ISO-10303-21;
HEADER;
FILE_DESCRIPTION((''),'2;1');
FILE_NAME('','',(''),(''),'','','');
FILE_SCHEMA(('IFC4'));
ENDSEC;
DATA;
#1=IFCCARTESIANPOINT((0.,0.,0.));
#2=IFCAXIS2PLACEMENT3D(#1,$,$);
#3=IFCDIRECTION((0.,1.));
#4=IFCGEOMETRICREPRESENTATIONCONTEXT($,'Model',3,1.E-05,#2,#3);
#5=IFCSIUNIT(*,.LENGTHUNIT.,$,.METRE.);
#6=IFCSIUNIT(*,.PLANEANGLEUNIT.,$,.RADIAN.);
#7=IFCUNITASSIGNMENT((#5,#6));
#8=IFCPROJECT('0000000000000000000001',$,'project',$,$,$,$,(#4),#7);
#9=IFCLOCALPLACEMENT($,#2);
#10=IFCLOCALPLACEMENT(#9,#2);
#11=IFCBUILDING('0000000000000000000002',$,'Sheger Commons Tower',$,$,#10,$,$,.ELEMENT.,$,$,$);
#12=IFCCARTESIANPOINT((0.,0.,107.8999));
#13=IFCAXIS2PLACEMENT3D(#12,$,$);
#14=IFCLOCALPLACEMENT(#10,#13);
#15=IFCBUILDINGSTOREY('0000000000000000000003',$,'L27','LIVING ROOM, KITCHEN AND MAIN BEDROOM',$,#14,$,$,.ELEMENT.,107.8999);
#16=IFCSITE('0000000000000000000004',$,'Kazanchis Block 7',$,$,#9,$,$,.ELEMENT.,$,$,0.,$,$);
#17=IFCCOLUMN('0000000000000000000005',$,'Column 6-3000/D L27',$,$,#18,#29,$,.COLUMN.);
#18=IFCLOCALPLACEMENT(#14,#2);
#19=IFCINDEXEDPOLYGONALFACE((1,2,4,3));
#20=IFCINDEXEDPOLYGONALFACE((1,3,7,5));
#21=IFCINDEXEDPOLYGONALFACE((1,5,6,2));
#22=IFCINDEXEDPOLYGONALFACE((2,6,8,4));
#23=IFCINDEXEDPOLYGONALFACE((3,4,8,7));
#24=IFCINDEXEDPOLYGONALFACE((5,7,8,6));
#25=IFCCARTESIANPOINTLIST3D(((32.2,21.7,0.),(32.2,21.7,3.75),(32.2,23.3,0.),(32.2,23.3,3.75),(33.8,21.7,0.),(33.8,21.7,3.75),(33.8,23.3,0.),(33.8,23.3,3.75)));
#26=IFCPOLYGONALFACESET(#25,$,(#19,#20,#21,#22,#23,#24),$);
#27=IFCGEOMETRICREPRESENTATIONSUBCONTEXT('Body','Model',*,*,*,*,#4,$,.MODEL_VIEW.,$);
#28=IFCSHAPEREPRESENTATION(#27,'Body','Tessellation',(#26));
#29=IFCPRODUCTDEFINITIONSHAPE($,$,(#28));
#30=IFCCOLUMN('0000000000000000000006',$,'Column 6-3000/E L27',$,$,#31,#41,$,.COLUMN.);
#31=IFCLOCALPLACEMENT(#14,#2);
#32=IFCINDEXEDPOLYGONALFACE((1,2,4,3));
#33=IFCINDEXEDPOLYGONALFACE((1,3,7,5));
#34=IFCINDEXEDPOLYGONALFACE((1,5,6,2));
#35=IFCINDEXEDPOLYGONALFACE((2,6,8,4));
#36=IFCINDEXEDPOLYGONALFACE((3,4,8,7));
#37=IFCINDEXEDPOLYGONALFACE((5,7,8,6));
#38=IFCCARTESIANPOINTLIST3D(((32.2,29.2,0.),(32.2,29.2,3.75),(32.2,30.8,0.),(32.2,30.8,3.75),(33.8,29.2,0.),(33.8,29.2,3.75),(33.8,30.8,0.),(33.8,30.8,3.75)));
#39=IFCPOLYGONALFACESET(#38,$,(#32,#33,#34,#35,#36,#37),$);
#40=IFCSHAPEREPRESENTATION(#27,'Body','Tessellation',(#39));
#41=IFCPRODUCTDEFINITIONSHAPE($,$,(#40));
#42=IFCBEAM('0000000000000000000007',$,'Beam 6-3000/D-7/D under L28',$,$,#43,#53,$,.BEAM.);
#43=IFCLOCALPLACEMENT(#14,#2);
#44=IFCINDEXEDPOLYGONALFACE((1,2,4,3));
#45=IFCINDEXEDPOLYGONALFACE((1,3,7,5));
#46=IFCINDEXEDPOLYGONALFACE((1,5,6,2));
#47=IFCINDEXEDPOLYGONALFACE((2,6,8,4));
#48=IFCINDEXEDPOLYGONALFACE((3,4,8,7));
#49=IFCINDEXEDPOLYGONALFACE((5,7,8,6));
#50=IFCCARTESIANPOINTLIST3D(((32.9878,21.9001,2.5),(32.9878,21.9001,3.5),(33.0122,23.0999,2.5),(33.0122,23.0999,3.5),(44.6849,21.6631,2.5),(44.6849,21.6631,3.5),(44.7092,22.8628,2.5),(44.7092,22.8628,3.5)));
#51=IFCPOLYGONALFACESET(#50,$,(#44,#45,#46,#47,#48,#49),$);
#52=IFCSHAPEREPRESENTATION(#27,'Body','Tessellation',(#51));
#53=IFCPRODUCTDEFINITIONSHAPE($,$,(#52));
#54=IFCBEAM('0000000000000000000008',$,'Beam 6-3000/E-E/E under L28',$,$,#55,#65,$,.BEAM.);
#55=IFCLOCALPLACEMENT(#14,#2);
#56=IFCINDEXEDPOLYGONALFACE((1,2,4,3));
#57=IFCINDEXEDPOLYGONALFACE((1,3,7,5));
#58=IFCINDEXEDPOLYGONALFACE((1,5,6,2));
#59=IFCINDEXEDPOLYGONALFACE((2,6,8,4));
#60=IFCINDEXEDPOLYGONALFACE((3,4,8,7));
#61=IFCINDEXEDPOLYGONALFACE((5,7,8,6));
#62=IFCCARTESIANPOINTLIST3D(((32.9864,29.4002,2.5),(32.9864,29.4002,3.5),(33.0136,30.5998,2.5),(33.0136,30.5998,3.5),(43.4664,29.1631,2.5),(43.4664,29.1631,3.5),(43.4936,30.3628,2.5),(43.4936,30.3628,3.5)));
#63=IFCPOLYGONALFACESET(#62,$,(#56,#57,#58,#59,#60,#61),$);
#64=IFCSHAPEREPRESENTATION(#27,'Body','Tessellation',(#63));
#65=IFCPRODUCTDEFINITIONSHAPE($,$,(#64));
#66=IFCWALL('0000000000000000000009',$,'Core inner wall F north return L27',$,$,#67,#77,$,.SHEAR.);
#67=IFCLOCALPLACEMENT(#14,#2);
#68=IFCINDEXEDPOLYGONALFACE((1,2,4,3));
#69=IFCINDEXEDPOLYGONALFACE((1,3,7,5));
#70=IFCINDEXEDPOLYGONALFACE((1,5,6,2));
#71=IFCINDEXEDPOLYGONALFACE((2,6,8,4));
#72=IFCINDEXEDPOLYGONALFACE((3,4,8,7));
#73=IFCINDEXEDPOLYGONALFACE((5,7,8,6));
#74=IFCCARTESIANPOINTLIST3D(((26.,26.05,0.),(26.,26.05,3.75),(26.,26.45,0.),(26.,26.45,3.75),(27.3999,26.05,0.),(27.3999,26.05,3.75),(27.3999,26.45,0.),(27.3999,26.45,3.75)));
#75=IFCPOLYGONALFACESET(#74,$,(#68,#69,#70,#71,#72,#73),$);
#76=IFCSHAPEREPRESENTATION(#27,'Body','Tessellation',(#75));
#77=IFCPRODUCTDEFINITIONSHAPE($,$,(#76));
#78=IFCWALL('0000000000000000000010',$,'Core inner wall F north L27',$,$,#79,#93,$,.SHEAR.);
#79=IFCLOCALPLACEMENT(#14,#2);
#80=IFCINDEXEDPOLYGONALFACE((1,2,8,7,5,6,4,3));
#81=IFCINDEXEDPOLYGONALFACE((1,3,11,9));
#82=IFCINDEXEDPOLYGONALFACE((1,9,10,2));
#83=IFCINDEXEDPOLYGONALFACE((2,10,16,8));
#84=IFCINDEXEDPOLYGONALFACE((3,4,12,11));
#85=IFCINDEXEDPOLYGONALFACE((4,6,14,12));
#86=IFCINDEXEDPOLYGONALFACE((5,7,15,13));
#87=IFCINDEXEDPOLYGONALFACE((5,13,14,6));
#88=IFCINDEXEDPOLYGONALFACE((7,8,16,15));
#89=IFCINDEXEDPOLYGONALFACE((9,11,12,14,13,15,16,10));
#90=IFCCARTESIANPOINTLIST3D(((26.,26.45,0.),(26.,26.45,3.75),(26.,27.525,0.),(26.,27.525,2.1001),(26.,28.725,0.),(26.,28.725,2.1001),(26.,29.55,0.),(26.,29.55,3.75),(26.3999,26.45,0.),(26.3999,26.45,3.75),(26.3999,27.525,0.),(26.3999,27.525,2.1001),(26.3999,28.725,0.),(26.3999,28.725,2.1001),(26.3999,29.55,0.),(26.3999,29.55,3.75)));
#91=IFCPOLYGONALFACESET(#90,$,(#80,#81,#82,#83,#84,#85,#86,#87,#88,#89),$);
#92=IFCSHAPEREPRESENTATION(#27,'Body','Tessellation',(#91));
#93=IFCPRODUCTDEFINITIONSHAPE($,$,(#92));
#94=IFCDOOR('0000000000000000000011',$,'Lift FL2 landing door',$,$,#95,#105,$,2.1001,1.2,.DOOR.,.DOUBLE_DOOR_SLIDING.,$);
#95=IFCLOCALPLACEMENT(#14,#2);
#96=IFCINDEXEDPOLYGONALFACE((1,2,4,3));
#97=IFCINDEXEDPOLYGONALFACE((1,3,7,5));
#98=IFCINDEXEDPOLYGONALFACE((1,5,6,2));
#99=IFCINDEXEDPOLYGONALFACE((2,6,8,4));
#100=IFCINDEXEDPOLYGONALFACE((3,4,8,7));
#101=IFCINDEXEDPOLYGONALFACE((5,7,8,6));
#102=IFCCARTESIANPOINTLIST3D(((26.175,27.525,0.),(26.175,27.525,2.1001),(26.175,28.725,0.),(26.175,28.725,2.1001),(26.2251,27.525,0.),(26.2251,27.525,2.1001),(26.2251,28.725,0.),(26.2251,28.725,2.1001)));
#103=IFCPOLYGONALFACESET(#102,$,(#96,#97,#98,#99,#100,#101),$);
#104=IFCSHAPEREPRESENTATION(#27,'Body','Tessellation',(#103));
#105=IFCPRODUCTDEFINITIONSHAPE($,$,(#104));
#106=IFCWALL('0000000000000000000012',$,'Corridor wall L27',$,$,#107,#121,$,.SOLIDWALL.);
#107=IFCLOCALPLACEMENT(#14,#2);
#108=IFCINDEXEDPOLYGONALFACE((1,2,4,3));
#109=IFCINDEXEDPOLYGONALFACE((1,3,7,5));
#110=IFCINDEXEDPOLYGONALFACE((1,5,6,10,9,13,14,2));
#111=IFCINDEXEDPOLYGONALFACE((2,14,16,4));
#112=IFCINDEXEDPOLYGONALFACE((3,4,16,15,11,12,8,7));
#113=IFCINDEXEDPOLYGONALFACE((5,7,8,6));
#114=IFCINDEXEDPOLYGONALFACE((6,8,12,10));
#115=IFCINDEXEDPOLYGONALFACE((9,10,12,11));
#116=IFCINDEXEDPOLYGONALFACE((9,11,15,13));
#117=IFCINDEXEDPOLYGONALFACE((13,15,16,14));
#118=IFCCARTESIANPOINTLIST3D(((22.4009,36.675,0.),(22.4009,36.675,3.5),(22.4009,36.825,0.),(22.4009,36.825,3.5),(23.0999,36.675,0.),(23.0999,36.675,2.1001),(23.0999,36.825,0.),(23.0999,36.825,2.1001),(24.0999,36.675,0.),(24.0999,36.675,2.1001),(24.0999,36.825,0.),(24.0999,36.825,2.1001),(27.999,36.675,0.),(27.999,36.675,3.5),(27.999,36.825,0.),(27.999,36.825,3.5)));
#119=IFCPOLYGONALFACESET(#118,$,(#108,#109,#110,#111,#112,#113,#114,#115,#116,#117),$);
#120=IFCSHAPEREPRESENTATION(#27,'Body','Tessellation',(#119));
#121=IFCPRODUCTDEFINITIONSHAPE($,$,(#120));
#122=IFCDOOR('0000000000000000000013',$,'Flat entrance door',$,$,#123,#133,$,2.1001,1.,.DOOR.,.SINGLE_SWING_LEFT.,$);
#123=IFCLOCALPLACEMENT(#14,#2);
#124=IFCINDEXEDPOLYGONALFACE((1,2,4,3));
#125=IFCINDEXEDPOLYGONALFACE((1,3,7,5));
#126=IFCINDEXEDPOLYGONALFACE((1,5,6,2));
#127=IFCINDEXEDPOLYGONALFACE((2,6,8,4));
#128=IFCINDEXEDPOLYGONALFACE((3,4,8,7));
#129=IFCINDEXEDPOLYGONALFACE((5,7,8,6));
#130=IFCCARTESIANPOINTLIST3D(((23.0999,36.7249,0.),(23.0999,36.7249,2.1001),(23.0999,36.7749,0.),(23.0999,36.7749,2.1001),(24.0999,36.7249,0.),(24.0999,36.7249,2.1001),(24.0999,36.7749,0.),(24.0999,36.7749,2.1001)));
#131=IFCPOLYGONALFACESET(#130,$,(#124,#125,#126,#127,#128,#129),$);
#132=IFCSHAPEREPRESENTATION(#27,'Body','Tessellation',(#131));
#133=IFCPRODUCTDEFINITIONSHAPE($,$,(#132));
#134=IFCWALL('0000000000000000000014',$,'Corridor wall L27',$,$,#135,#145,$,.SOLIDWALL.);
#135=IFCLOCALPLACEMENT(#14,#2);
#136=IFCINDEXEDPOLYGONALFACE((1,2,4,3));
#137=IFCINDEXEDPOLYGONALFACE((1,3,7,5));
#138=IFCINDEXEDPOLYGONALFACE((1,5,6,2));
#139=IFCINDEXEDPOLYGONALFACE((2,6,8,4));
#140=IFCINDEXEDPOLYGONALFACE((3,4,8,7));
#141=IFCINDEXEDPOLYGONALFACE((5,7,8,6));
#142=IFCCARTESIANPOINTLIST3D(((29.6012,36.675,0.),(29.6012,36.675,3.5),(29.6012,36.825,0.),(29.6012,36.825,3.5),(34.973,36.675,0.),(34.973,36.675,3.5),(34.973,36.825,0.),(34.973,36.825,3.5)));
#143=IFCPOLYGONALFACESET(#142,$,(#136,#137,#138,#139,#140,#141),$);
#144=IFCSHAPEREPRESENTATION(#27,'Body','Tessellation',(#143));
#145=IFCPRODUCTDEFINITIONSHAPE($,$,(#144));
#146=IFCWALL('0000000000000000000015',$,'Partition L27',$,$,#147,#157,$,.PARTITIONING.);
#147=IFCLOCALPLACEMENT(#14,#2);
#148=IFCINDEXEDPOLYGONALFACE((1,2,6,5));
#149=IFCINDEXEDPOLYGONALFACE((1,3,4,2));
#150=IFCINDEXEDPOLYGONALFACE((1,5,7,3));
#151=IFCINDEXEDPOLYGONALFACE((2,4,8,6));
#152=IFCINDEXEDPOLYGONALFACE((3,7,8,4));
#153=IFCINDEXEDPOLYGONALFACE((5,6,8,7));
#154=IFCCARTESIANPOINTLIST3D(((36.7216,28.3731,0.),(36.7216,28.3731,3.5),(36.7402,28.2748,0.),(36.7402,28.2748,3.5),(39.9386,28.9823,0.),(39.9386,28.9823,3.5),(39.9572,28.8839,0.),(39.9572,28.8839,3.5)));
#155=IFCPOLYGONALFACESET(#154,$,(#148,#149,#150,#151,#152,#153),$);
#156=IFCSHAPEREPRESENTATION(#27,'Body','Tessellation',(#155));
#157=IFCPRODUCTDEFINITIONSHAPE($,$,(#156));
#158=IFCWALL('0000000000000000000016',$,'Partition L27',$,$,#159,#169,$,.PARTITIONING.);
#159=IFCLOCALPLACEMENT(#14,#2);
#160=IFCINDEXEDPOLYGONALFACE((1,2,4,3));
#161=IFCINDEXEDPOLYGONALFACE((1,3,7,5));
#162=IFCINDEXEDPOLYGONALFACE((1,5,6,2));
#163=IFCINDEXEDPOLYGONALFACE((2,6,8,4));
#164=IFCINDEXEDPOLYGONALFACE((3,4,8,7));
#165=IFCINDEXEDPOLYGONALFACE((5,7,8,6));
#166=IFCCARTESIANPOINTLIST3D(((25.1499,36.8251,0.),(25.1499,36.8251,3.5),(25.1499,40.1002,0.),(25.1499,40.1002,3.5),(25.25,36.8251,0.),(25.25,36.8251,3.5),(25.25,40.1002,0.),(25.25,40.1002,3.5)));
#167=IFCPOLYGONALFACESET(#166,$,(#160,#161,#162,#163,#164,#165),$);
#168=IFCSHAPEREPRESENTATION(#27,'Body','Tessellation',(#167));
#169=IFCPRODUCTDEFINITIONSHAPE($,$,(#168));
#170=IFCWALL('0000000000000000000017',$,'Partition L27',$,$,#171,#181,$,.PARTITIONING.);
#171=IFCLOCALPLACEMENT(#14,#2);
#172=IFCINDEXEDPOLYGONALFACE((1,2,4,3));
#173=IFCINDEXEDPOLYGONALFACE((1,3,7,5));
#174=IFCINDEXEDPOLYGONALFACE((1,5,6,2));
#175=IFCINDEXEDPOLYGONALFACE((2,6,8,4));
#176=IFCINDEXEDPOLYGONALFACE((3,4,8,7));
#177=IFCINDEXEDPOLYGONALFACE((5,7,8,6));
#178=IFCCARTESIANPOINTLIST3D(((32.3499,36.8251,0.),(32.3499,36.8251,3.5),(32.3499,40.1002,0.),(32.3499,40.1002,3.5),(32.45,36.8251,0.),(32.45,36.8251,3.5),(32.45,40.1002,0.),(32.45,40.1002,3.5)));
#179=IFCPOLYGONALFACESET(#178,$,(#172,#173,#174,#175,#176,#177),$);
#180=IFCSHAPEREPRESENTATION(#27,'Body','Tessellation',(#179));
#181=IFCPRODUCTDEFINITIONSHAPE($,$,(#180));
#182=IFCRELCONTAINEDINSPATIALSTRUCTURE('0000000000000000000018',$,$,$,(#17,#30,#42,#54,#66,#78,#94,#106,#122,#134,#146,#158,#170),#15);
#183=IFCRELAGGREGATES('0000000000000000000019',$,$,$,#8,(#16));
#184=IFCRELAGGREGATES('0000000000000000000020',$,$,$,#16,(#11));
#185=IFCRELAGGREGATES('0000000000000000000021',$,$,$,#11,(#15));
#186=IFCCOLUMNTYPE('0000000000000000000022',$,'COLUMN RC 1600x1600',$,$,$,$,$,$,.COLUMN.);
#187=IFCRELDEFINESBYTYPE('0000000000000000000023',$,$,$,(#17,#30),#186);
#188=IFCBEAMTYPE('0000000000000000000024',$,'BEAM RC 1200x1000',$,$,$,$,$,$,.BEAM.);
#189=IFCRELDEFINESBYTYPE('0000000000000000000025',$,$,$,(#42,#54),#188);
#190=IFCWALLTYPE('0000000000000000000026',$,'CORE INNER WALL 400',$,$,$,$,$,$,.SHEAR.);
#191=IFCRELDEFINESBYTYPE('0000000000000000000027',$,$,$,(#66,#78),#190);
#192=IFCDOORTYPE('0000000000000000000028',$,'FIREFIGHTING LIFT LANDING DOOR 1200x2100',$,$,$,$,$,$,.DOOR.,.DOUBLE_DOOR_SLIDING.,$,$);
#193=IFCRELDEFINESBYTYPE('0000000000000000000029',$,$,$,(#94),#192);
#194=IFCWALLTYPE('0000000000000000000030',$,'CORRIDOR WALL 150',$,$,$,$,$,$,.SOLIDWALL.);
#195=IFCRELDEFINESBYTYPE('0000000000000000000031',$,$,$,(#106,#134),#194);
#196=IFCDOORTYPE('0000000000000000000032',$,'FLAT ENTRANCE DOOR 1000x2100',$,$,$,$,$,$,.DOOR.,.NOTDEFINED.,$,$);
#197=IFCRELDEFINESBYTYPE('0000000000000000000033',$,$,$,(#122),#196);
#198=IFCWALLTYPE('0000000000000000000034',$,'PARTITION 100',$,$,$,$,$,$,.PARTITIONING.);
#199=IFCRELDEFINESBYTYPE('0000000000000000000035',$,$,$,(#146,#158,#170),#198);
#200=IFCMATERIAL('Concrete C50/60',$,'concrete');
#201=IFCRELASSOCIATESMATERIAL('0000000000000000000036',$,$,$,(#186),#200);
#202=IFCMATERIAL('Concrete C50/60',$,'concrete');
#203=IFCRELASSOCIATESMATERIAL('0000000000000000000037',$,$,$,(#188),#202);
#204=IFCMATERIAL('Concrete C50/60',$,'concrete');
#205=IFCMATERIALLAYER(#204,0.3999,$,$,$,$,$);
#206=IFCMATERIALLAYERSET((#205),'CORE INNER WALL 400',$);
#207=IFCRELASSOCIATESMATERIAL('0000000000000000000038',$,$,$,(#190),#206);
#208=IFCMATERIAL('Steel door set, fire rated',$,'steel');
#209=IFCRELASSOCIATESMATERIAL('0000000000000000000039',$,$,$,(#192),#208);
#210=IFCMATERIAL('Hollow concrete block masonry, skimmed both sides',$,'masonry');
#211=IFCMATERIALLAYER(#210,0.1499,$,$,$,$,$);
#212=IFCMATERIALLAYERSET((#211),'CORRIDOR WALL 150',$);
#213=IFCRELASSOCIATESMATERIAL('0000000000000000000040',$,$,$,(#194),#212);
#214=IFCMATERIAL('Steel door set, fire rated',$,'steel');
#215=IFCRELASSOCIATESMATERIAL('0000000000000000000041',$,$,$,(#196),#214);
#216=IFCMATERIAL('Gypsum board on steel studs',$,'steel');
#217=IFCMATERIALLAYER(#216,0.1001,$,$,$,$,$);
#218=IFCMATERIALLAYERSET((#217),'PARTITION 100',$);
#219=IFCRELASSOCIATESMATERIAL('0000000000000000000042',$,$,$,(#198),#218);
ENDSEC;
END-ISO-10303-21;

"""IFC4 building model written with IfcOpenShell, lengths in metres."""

from ifc_helpers import new_model, si_unit, direction, frame, frame_2d, origin, origin_2d, place, context, subcontext, project, spatial, rectangle, extrude, material, layer, layer_set, material_profile, profile_set, type_object, element, fill, save


model = new_model("IFC4")

# Units and contexts
model_context = context("Model", 3, precision=1e-05, world=origin(), true_north=direction((0.0, 1.0)))
body_context = subcontext(model_context, "Body", "Model", "MODEL_VIEW")
ifc_project = project(units=[si_unit("LENGTHUNIT", "METRE"), si_unit("PLANEANGLEUNIT", "RADIAN")], contexts=[model_context])

# Site, building, storey
site_placement = place(None, origin())
site = spatial("IfcSite", under=ifc_project, at=site_placement, Name="Kazanchis Block 7", CompositionType="ELEMENT", RefElevation=0.0)
building_placement = place(site_placement, origin())
building = spatial("IfcBuilding", under=site, at=building_placement, Name="Sheger Commons Tower", CompositionType="ELEMENT")
storey_placement = place(building_placement, frame((0.0, 0.0, 107.8999)))
storey = spatial("IfcBuildingStorey", under=building, at=storey_placement, Name="L27", Description="LIVING ROOM, KITCHEN AND MAIN BEDROOM", CompositionType="ELEMENT", Elevation=107.8999)

# Columns
ifc_material_1 = material(Name="Concrete C50/60", Category="concrete")
ifc_material_profile_1 = material_profile(ifc_material_1, rectangle(XDim=1.6001, YDim=1.6001, at=origin_2d()), Name="RC 1600x1600")
ifc_profile_set_1 = profile_set([ifc_material_profile_1], Name="Concrete C50/60")
column_type = type_object("IfcColumnType", Name="COLUMN RC 1600x1600", PredefinedType="COLUMN", material=ifc_profile_set_1)
for number, where, z_axis, x_axis, name in (
    (1, (33.0, 22.5, 0.0), (0.0, 0.0, 1.0), (1.0, 0.0, 0.0), "Column 6-3000/D L27"),
    (2, (33.0, 30.0, 0.0), (0.0, 0.0, 1.0), (1.0, 0.0, 0.0), "Column 6-3000/E L27"),
):
    element("IfcColumn", number, at=place(storey_placement, frame(where, z_axis=z_axis, x_axis=x_axis)), inside=storey, type_object=column_type, Name=name, PredefinedType="COLUMN", context=body_context, shape_type="SweptSolid", body=[
        extrude(rectangle(XDim=1.6001, YDim=1.6001, at=origin_2d()), origin(), (0.0, 0.0, 1.0), 3.75),
    ])

# Beams
ifc_material_2 = material(Name="Concrete C50/60", Category="concrete")
ifc_material_profile_2 = material_profile(ifc_material_2, rectangle(XDim=1.2, YDim=1.0, at=origin_2d()), Name="RC 1200x1000")
ifc_profile_set_2 = profile_set([ifc_material_profile_2], Name="Concrete C50/60")
beam_type = type_object("IfcBeamType", Name="BEAM RC 1200x1000", PredefinedType="BEAM", material=ifc_profile_set_2)
beam_1_placement = place(storey_placement, frame((33.0, 22.5, 3.0), z_axis=(0.999795, -0.020263, 0.0), x_axis=(0.020263, 0.999795, 0.0)))
element("IfcBeam", 3, at=beam_1_placement, inside=storey, type_object=beam_type, Name="Beam 6-3000/D-7/D under L28", PredefinedType="BEAM", context=body_context, shape_type="SweptSolid", body=[
    extrude(rectangle(XDim=1.2, YDim=1.0, at=origin_2d()), origin(), (0.0, 0.0, 1.0), 11.6995),
])
beam_2_placement = place(storey_placement, frame((33.0, 30.0, 3.0), z_axis=(0.999744, -0.022615, 0.0), x_axis=(0.022615, 0.999744, 0.0)))
element("IfcBeam", 4, at=beam_2_placement, inside=storey, type_object=beam_type, Name="Beam 6-3000/E-E/E under L28", PredefinedType="BEAM", context=body_context, shape_type="SweptSolid", body=[
    extrude(rectangle(XDim=1.2, YDim=1.0, at=origin_2d()), origin(), (0.0, 0.0, 1.0), 10.4827),
])

# Wall
ifc_material_3 = material(Name="Concrete C50/60", Category="concrete")
ifc_layer_1 = layer(ifc_material_3, 0.3999)
ifc_layer_set_1 = layer_set([ifc_layer_1], Name="CORE INNER WALL 400")
wall_type_1 = type_object("IfcWallType", Name="CORE INNER WALL 400", PredefinedType="SHEAR", material=ifc_layer_set_1)
wall_1_placement = place(storey_placement, frame((26.0, 26.25, 0.0), z_axis=(0.0, 0.0, 1.0), x_axis=(1.0, 0.0, 0.0)))
element("IfcWall", 5, at=wall_1_placement, inside=storey, type_object=wall_type_1, Name="Core inner wall F north return L27", PredefinedType="SHEAR", context=body_context, shape_type="SweptSolid", body=[
    extrude(rectangle(XDim=1.3999, YDim=0.3999, at=frame_2d((0.7, 0.0))), origin(), (0.0, 0.0, 1.0), 3.75),
])

# Walls, openings, doors
wall_2_placement = place(storey_placement, frame((26.2, 26.45, 0.0), z_axis=(0.0, 0.0, 1.0), x_axis=(0.0, 1.0, 0.0)))
wall_2 = element("IfcWall", 6, at=wall_2_placement, inside=storey, type_object=wall_type_1, Name="Core inner wall F north L27", PredefinedType="SHEAR", context=body_context, shape_type="SweptSolid", body=[
    extrude(rectangle(XDim=3.1001, YDim=0.3999, at=frame_2d((1.55, 0.0))), origin(), (0.0, 0.0, 1.0), 3.75),
])
opening_1_placement = place(wall_2_placement, frame((1.075, 0.0, 0.0)))
opening_1 = element("IfcOpeningElement", 7, at=opening_1_placement, cuts=wall_2, PredefinedType="OPENING", context=body_context, shape_type="SweptSolid", body=[
    extrude(rectangle(XDim=1.2, YDim=2.1001, at=frame_2d((0.6001, 1.05))), frame((0.0, 0.21, 0.0), z_axis=(0.0, -1.0, 0.0), x_axis=(1.0, 0.0, 0.0)), (0.0, 0.0, 1.0), 0.4199),
])
ifc_material_4 = material(Name="Steel door set, fire rated", Category="steel")
door_type_1 = type_object("IfcDoorType", Name="FIREFIGHTING LIFT LANDING DOOR 1200x2100", OperationType="DOUBLE_DOOR_SLIDING", PredefinedType="DOOR", material=ifc_material_4)
door_1_placement = place(opening_1_placement, origin())
door_1 = element("IfcDoor", 8, at=door_1_placement, inside=storey, type_object=door_type_1, Name="Lift FL2 landing door", OperationType="DOUBLE_DOOR_SLIDING", OverallHeight=2.1001, OverallWidth=1.2, PredefinedType="DOOR", context=body_context, shape_type="SweptSolid", body=[
    extrude(rectangle(XDim=1.2, YDim=2.1001, at=frame_2d((0.6001, 1.05))), frame((0.0, 0.0249, 0.0), z_axis=(0.0, -1.0, 0.0), x_axis=(1.0, 0.0, 0.0)), (0.0, 0.0, 1.0), 0.05),
])
fill(opening_1, door_1)
ifc_material_5 = material(Name="Hollow concrete block masonry, skimmed both sides", Category="masonry")
ifc_layer_2 = layer(ifc_material_5, 0.1499)
ifc_layer_set_2 = layer_set([ifc_layer_2], Name="CORRIDOR WALL 150")
wall_type_2 = type_object("IfcWallType", Name="CORRIDOR WALL 150", PredefinedType="SOLIDWALL", material=ifc_layer_set_2)
wall_3_placement = place(storey_placement, frame((22.4009, 36.75, 0.0), z_axis=(0.0, 0.0, 1.0), x_axis=(1.0, 0.0, 0.0)))
wall_3 = element("IfcWall", 9, at=wall_3_placement, inside=storey, type_object=wall_type_2, Name="Corridor wall L27", PredefinedType="SOLIDWALL", context=body_context, shape_type="SweptSolid", body=[
    extrude(rectangle(XDim=5.5981, YDim=0.1499, at=frame_2d((2.7991, 0.0))), origin(), (0.0, 0.0, 1.0), 3.5),
])
opening_2_placement = place(wall_3_placement, frame((0.699, 0.0, 0.0)))
opening_2 = element("IfcOpeningElement", 10, at=opening_2_placement, cuts=wall_3, PredefinedType="OPENING", context=body_context, shape_type="SweptSolid", body=[
    extrude(rectangle(XDim=1.0, YDim=2.1001, at=frame_2d((0.5, 1.05))), frame((0.0, 0.085, 0.0), z_axis=(0.0, -1.0, 0.0), x_axis=(1.0, 0.0, 0.0)), (0.0, 0.0, 1.0), 0.1699),
])
ifc_material_6 = material(Name="Steel door set, fire rated", Category="steel")
door_type_2 = type_object("IfcDoorType", Name="FLAT ENTRANCE DOOR 1000x2100", OperationType="NOTDEFINED", PredefinedType="DOOR", material=ifc_material_6)
door_2_placement = place(opening_2_placement, origin())
door_2 = element("IfcDoor", 11, at=door_2_placement, inside=storey, type_object=door_type_2, Name="Flat entrance door", OperationType="SINGLE_SWING_LEFT", OverallHeight=2.1001, OverallWidth=1.0, PredefinedType="DOOR", context=body_context, shape_type="SweptSolid", body=[
    extrude(rectangle(XDim=1.0, YDim=2.1001, at=frame_2d((0.5, 1.05))), frame((0.0, 0.0249, 0.0), z_axis=(0.0, -1.0, 0.0), x_axis=(1.0, 0.0, 0.0)), (0.0, 0.0, 1.0), 0.05),
])
fill(opening_2, door_2)

# Walls
wall_4_placement = place(storey_placement, frame((29.6011, 36.75, 0.0), z_axis=(0.0, 0.0, 1.0), x_axis=(1.0, 0.0, 0.0)))
element("IfcWall", 12, at=wall_4_placement, inside=storey, type_object=wall_type_2, Name="Corridor wall L27", PredefinedType="SOLIDWALL", context=body_context, shape_type="SweptSolid", body=[
    extrude(rectangle(XDim=5.3718, YDim=0.1499, at=frame_2d((2.686, 0.0))), origin(), (0.0, 0.0, 1.0), 3.5),
])
ifc_material_7 = material(Name="Gypsum board on steel studs", Category="steel")
ifc_layer_3 = layer(ifc_material_7, 0.1001)
ifc_layer_set_3 = layer_set([ifc_layer_3], Name="PARTITION 100")
wall_type_3 = type_object("IfcWallType", Name="PARTITION 100", PredefinedType="PARTITIONING", material=ifc_layer_set_3)
wall_5_placement = place(storey_placement, frame((39.948, 28.9331, 0.0), z_axis=(0.0, 0.0, 1.0), x_axis=(-0.982542, -0.18604, 0.0)))
element("IfcWall", 13, at=wall_5_placement, inside=storey, type_object=wall_type_3, Name="Partition L27", PredefinedType="PARTITIONING", context=body_context, shape_type="SweptSolid", body=[
    extrude(rectangle(XDim=3.2742, YDim=0.1001, at=frame_2d((1.6372, 0.0))), origin(), (0.0, 0.0, 1.0), 3.5),
])
for number, where, z_axis, x_axis, name in (
    (14, (25.2, 36.825, 0.0), (0.0, 0.0, 1.0), (0.0, 1.0, 0.0), "Partition L27"),
    (15, (32.3999, 36.825, 0.0), (0.0, 0.0, 1.0), (0.0, 1.0, 0.0), "Partition L27"),
):
    element("IfcWall", number, at=place(storey_placement, frame(where, z_axis=z_axis, x_axis=x_axis)), inside=storey, type_object=wall_type_3, Name=name, PredefinedType="PARTITIONING", context=body_context, shape_type="SweptSolid", body=[
        extrude(rectangle(XDim=3.2751, YDim=0.1001, at=frame_2d((1.6377, 0.0))), origin(), (0.0, 0.0, 1.0), 3.5),
    ])

save(model, "model.ifc")
